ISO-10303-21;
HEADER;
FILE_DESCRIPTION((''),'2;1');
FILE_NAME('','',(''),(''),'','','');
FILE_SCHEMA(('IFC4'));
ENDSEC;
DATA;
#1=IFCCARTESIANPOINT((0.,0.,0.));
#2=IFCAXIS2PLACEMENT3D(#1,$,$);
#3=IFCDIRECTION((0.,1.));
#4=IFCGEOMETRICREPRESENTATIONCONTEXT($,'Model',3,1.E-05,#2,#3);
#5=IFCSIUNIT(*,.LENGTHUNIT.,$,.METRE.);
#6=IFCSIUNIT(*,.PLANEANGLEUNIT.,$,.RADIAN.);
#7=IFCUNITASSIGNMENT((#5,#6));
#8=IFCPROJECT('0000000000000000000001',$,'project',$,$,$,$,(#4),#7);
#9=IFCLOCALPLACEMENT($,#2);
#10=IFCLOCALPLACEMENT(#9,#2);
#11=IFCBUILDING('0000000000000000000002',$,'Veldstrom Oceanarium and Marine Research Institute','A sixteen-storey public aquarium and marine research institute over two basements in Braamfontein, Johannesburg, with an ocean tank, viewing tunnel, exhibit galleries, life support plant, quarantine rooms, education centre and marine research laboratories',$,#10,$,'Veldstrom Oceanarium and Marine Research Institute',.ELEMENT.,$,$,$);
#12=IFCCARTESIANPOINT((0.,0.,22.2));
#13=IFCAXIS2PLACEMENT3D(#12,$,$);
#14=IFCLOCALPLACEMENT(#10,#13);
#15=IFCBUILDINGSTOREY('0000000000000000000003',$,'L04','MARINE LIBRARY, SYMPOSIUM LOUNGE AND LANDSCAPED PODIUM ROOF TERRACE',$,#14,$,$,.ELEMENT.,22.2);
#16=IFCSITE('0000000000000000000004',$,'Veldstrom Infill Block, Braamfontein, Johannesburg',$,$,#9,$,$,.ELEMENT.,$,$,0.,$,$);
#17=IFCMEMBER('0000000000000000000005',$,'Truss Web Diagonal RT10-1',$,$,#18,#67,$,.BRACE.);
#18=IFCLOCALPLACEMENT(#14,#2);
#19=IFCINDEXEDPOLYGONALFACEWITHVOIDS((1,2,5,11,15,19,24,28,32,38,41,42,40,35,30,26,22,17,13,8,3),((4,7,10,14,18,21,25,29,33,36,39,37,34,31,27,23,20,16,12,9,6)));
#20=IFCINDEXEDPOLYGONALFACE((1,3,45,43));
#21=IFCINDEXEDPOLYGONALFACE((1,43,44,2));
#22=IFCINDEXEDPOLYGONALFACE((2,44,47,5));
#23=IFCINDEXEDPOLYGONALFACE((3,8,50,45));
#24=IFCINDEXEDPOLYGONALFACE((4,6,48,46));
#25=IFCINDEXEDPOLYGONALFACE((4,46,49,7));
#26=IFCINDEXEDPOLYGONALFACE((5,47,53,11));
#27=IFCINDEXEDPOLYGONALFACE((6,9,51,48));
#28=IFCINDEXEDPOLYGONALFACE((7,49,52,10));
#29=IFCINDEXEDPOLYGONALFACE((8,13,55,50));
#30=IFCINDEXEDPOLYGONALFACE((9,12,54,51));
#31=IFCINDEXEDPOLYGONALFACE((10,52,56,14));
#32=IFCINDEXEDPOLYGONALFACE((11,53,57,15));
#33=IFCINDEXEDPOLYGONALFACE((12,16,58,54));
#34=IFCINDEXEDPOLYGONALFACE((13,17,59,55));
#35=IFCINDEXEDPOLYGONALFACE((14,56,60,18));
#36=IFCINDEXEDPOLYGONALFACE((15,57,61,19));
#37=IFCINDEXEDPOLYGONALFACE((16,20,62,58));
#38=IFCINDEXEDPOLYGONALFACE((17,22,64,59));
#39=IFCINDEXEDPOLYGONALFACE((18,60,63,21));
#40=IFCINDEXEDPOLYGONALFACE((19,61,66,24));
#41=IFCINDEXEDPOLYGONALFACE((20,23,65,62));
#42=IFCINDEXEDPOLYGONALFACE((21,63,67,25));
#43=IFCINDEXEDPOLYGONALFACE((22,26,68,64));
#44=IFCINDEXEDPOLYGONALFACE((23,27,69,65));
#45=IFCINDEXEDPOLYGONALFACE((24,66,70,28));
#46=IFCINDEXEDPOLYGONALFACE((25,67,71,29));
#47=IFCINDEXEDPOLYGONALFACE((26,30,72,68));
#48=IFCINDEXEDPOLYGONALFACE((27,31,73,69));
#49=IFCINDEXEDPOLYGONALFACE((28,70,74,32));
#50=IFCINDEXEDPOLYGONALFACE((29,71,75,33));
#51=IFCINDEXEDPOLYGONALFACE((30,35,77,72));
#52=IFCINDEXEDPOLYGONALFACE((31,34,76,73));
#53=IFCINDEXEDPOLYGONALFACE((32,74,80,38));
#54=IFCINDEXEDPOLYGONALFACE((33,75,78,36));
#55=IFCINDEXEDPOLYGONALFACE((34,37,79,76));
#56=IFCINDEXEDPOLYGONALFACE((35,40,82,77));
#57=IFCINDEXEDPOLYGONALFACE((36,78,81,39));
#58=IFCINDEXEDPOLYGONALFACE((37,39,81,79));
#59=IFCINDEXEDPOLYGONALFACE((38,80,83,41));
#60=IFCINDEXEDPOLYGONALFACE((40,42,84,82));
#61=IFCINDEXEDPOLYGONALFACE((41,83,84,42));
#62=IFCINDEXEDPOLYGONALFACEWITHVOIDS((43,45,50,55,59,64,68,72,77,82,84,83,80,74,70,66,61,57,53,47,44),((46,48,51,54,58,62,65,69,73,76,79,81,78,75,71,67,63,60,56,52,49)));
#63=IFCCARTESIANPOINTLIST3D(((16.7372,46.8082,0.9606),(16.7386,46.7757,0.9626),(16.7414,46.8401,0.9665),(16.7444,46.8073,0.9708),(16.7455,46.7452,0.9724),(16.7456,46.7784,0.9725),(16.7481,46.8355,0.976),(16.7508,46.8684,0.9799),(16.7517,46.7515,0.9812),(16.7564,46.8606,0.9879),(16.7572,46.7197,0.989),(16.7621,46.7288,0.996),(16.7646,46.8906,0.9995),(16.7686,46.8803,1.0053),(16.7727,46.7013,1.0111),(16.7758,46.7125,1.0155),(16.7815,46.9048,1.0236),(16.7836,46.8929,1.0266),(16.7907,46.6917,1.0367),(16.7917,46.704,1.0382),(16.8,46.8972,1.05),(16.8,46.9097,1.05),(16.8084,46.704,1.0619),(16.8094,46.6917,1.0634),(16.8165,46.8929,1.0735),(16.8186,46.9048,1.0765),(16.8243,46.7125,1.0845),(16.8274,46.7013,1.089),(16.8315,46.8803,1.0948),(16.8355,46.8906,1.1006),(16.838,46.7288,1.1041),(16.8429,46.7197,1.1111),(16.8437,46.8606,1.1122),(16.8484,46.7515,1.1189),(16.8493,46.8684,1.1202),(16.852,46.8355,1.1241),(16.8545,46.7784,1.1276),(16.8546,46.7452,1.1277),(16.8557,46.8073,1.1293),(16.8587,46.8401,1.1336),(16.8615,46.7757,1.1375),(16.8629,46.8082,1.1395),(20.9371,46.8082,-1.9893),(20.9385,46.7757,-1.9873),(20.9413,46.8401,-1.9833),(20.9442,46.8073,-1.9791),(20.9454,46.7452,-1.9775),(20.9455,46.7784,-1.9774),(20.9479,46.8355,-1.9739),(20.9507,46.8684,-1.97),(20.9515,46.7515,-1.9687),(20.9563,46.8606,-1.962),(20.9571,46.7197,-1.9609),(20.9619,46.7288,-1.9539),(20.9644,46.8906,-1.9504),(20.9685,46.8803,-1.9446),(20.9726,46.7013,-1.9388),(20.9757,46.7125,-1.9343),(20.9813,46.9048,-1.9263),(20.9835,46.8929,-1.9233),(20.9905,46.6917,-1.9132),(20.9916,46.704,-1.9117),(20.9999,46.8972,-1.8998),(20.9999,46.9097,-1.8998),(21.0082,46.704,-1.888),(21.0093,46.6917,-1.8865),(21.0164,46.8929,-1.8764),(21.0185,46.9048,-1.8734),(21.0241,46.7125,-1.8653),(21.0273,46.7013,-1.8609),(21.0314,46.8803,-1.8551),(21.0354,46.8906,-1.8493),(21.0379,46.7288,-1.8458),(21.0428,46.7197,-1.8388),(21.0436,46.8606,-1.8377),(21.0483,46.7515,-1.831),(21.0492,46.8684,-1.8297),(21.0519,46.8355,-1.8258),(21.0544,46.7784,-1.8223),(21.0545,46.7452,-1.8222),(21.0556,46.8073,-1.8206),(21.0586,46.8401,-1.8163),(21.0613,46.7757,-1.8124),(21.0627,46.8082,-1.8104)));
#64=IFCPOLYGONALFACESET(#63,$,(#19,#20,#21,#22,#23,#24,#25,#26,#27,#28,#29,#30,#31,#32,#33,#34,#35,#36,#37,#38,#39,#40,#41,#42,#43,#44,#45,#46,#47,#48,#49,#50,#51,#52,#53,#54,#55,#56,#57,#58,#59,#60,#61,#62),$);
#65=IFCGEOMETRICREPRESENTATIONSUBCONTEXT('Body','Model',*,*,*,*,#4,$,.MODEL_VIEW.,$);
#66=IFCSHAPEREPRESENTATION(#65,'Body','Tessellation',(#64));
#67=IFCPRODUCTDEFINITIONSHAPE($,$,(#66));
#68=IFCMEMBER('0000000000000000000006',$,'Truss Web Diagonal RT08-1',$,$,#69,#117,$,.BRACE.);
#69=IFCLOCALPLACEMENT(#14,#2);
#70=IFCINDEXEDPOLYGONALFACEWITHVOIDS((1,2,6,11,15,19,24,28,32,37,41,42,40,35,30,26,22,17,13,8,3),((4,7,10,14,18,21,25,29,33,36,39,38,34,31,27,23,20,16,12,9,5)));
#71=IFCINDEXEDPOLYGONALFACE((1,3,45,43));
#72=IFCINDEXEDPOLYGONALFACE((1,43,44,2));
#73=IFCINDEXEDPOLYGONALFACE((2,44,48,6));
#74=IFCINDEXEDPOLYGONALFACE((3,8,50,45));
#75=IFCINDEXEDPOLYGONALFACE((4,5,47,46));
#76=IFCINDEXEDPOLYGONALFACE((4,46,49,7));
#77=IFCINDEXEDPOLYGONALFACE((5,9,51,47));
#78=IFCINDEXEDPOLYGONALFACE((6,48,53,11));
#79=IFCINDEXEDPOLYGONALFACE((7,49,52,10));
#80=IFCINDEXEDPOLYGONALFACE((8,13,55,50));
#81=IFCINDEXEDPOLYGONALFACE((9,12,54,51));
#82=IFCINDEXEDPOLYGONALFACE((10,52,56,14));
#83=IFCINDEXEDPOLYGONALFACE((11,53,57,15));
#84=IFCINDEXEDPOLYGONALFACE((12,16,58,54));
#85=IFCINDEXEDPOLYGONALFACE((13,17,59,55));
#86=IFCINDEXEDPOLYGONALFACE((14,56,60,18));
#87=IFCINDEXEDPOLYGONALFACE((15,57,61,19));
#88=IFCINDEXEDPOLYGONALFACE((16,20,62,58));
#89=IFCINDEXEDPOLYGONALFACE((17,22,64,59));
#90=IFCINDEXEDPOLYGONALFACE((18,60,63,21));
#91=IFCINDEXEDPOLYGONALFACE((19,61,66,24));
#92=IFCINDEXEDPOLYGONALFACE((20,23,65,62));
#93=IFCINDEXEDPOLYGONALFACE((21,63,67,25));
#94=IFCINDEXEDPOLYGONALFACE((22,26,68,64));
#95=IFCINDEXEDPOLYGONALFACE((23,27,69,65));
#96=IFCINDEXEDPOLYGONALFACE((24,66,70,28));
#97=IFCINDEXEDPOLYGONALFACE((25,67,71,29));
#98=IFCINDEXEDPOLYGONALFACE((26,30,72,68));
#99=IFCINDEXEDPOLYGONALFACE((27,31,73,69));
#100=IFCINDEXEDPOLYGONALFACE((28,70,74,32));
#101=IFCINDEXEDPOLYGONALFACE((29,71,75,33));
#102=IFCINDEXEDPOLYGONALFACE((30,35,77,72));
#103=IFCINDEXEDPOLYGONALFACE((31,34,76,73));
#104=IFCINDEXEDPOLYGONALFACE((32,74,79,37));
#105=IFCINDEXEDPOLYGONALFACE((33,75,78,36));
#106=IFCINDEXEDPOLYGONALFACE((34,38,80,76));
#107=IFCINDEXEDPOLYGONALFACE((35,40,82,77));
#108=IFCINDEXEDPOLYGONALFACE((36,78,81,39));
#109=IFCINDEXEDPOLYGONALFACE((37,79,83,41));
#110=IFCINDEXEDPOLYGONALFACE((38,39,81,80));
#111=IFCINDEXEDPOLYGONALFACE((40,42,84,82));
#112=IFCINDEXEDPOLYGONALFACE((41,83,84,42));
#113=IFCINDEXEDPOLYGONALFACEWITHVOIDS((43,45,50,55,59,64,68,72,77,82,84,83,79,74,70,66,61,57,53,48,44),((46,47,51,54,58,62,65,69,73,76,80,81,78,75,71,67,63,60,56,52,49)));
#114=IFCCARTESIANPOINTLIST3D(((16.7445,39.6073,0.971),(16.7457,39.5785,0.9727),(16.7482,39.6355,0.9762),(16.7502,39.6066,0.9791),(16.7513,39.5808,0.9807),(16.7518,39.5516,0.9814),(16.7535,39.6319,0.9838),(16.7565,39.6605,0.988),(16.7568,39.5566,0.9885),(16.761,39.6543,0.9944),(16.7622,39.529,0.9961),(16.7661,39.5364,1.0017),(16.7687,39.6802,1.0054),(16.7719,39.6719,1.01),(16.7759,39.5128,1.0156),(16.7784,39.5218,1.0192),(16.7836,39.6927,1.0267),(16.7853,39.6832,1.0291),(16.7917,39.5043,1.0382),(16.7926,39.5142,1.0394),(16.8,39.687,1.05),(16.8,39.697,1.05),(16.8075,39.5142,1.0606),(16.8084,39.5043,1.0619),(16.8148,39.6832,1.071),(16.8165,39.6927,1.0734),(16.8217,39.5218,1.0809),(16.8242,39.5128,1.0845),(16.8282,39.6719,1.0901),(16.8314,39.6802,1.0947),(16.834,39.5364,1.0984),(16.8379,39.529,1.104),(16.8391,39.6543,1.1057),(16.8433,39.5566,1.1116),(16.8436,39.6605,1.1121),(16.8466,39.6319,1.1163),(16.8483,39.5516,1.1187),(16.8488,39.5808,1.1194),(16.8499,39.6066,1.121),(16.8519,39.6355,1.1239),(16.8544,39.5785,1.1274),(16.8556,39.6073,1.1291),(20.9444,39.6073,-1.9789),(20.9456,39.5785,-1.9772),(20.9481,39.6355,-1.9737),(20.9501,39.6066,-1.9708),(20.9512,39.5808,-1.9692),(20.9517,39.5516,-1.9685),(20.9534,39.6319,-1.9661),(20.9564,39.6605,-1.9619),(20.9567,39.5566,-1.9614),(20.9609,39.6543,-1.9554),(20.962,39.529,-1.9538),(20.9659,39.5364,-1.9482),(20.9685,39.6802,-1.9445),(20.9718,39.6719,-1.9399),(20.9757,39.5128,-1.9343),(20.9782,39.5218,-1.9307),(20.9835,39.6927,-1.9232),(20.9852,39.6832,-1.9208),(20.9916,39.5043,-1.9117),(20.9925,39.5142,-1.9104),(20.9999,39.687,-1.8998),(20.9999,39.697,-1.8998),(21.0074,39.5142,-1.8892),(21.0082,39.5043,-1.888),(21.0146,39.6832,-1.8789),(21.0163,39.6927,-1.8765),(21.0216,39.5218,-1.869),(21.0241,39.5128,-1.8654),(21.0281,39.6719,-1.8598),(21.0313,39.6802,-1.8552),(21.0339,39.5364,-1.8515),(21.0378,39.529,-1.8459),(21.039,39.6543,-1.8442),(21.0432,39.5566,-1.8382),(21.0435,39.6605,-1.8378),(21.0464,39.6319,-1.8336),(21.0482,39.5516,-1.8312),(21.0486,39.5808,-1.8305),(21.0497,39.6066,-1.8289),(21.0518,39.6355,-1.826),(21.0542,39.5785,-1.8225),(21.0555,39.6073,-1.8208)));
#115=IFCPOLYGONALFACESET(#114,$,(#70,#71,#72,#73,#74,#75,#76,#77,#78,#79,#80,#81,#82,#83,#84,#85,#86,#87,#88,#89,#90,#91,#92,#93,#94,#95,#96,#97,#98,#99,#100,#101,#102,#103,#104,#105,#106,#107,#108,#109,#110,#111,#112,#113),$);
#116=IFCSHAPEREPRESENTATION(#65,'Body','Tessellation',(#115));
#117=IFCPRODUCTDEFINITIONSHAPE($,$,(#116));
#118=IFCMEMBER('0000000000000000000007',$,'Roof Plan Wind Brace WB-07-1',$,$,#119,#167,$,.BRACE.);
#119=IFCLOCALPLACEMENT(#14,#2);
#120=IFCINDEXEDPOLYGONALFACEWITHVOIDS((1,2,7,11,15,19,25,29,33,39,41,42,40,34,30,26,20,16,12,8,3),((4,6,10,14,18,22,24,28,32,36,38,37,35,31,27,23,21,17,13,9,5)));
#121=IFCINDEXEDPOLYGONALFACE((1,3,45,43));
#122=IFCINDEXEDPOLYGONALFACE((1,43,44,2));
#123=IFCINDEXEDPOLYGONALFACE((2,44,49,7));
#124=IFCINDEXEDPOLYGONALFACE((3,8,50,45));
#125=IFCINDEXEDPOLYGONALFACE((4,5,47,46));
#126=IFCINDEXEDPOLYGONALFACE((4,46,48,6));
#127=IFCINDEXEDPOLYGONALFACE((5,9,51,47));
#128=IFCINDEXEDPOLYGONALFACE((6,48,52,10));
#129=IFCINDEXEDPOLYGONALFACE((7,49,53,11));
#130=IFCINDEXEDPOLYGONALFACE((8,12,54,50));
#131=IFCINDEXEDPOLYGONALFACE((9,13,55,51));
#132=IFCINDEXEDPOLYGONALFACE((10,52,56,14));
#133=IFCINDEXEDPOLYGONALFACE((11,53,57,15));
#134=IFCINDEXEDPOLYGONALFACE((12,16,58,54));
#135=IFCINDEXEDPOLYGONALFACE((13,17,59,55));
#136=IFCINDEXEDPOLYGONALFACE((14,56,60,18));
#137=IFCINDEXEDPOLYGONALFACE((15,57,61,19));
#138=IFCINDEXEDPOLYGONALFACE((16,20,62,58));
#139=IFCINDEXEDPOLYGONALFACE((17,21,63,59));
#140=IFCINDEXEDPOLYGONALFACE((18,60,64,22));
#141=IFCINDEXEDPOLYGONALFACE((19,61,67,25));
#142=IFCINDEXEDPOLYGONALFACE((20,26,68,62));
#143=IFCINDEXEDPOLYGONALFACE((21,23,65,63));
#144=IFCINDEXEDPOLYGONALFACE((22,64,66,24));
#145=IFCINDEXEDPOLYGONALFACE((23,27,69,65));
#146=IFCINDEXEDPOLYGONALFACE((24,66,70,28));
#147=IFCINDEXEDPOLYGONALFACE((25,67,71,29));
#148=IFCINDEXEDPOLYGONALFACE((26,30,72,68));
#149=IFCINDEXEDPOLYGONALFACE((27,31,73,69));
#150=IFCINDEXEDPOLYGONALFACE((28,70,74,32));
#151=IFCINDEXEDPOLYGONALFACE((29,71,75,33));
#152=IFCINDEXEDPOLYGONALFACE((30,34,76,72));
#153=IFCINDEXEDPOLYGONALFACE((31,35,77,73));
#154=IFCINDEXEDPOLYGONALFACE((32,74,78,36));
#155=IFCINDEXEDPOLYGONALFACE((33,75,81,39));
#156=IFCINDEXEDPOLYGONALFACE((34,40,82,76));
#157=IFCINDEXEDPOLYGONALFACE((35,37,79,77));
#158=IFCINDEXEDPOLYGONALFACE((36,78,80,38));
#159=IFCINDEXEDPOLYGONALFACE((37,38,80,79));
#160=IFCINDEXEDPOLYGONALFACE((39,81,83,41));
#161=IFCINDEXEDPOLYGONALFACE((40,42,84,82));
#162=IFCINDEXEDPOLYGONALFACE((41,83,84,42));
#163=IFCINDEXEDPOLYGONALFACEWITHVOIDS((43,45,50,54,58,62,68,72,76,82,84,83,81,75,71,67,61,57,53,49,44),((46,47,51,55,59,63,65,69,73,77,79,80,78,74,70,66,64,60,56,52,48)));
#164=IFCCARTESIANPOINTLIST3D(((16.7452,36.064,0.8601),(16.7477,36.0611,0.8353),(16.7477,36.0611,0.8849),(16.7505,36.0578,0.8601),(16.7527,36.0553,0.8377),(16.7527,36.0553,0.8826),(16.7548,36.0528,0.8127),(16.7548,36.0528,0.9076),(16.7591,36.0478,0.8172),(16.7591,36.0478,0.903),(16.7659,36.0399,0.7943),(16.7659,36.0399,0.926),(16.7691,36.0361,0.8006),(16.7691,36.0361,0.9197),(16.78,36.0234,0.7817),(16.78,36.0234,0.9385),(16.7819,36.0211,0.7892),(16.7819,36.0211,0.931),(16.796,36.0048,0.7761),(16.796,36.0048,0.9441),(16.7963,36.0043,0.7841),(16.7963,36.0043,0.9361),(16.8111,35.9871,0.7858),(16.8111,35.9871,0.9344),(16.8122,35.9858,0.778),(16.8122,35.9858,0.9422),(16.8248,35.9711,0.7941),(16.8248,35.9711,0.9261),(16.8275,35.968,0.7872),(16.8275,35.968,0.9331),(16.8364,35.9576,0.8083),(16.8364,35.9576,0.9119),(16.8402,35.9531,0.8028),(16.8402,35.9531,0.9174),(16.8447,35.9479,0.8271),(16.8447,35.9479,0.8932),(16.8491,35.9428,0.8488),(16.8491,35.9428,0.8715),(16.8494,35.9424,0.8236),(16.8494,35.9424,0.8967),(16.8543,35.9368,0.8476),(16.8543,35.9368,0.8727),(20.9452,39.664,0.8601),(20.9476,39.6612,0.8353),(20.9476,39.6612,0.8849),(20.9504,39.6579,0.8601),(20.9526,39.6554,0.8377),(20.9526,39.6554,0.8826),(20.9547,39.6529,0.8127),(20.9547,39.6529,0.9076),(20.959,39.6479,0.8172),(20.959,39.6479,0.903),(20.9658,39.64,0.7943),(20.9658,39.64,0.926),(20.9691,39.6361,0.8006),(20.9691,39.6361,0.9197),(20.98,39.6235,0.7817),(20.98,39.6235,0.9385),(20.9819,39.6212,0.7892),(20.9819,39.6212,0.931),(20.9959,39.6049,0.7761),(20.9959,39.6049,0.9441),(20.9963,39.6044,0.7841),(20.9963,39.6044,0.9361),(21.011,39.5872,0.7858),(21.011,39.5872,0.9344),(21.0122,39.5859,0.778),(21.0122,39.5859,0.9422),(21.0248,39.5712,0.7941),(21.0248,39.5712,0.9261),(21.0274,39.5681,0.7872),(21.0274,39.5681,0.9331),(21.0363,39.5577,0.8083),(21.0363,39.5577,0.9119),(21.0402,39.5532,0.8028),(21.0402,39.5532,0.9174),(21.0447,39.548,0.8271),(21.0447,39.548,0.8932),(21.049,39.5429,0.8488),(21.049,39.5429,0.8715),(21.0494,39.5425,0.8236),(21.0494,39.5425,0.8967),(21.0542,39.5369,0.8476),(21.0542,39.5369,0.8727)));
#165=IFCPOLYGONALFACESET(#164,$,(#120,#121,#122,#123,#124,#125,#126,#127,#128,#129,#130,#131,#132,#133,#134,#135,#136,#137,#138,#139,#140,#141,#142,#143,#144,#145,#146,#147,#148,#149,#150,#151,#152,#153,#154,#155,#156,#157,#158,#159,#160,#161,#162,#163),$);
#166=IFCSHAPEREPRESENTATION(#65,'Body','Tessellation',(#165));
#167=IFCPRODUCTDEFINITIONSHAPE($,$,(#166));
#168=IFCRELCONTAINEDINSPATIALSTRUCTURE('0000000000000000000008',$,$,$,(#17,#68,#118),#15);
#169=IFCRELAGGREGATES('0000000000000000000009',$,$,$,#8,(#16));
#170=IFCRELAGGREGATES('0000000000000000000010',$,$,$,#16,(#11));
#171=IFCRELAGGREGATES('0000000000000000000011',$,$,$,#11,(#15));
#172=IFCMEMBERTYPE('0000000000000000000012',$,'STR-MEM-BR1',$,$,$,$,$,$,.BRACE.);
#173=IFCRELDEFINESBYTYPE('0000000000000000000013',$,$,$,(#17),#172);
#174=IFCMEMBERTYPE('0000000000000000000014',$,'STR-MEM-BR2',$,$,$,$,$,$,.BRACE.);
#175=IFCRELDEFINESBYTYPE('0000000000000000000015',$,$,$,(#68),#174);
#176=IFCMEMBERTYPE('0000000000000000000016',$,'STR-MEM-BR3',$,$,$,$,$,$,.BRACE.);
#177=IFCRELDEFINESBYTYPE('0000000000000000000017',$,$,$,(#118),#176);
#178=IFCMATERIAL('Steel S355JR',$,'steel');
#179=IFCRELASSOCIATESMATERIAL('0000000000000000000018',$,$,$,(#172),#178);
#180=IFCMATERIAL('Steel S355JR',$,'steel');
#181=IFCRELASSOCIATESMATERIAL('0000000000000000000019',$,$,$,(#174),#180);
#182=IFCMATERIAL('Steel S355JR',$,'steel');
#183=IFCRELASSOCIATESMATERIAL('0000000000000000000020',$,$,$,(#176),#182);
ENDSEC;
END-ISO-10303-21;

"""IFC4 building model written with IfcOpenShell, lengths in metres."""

from ifc_helpers import new_model, si_unit, direction, frame, origin, origin_2d, place, context, subcontext, project, spatial, hollow_circle, extrude, material, material_profile, profile_set, type_object, element, save


model = new_model("IFC4")

# Units and contexts
model_context = context("Model", 3, precision=1e-05, world=origin(), true_north=direction((0.0, 1.0)))
body_context = subcontext(model_context, "Body", "Model", "MODEL_VIEW")
ifc_project = project(units=[si_unit("LENGTHUNIT", "METRE"), si_unit("PLANEANGLEUNIT", "RADIAN")], contexts=[model_context])

# Site, building, storey
site_placement = place(None, origin())
site = spatial("IfcSite", under=ifc_project, at=site_placement, Name="Veldstrom Infill Block, Braamfontein, Johannesburg", CompositionType="ELEMENT", RefElevation=0.0)
building_placement = place(site_placement, origin())
building = spatial("IfcBuilding", under=site, at=building_placement, Name="Veldstrom Oceanarium and Marine Research Institute", Description="A sixteen-storey public aquarium and marine research institute over two basements in Braamfontein, Johannesburg, with an ocean tank, viewing tunnel, exhibit galleries, life support plant, quarantine rooms, education centre and marine research laboratories", LongName="Veldstrom Oceanarium and Marine Research Institute", CompositionType="ELEMENT")
storey_placement = place(building_placement, frame((0.0, 0.0, 22.2)))
storey = spatial("IfcBuildingStorey", under=building, at=storey_placement, Name="L04", Description="MARINE LIBRARY, SYMPOSIUM LOUNGE AND LANDSCAPED PODIUM ROOF TERRACE", CompositionType="ELEMENT", Elevation=22.2)

# Members
ifc_material_1 = material(Name="Steel S355JR", Category="steel")
ifc_material_profile_1 = material_profile(ifc_material_1, hollow_circle(Radius=0.1096, WallThickness=0.0125, at=origin_2d()), Name="CHS 219.1x12.5")
ifc_profile_set_1 = profile_set([ifc_material_profile_1], Name="Steel S355JR")
member_type_1 = type_object("IfcMemberType", Name="STR-MEM-BR1", PredefinedType="BRACE", material=ifc_profile_set_1)
member_1_placement = place(storey_placement, frame((16.8, 46.8, 1.05), z_axis=(0.818317, 0.0, -0.574767), x_axis=(0.0, 1.0, 0.0)))
element("IfcMember", 1, at=member_1_placement, inside=storey, type_object=member_type_1, Name="Truss Web Diagonal RT10-1", PredefinedType="BRACE", context=body_context, shape_type="SweptSolid", body=[
    extrude(hollow_circle(Radius=0.1096, WallThickness=0.0125, at=origin_2d()), origin(), (0.0, 0.0, 1.0), 5.1323),
])
ifc_material_2 = material(Name="Steel S355JR", Category="steel")
ifc_material_profile_2 = material_profile(ifc_material_2, hollow_circle(Radius=0.0969, WallThickness=0.01, at=origin_2d()), Name="CHS 193.7x10")
ifc_profile_set_2 = profile_set([ifc_material_profile_2], Name="Steel S355JR")
member_type_2 = type_object("IfcMemberType", Name="STR-MEM-BR2", PredefinedType="BRACE", material=ifc_profile_set_2)
member_2_placement = place(storey_placement, frame((16.8, 39.6001, 1.05), z_axis=(0.818317, 0.0, -0.574767), x_axis=(0.0, 1.0, 0.0)))
element("IfcMember", 2, at=member_2_placement, inside=storey, type_object=member_type_2, Name="Truss Web Diagonal RT08-1", PredefinedType="BRACE", context=body_context, shape_type="SweptSolid", body=[
    extrude(hollow_circle(Radius=0.0969, WallThickness=0.01, at=origin_2d()), origin(), (0.0, 0.0, 1.0), 5.1323),
])
ifc_material_3 = material(Name="Steel S355JR", Category="steel")
ifc_material_profile_3 = material_profile(ifc_material_3, hollow_circle(Radius=0.0842, WallThickness=0.0081, at=origin_2d()), Name="CHS 168.3x8")
ifc_profile_set_3 = profile_set([ifc_material_profile_3], Name="Steel S355JR")
member_type_3 = type_object("IfcMemberType", Name="STR-MEM-BR3", PredefinedType="BRACE", material=ifc_profile_set_3)
member_3_placement = place(storey_placement, frame((16.8, 36.0, 0.8601), z_axis=(0.759244, 0.650806, 0.0), x_axis=(-0.650806, 0.759244, 0.0)))
element("IfcMember", 3, at=member_3_placement, inside=storey, type_object=member_type_3, Name="Roof Plan Wind Brace WB-07-1", PredefinedType="BRACE", context=body_context, shape_type="SweptSolid", body=[
    extrude(hollow_circle(Radius=0.0842, WallThickness=0.0081, at=origin_2d()), origin(), (0.0, 0.0, 1.0), 5.5317),
])

save(model, "model.ifc")
